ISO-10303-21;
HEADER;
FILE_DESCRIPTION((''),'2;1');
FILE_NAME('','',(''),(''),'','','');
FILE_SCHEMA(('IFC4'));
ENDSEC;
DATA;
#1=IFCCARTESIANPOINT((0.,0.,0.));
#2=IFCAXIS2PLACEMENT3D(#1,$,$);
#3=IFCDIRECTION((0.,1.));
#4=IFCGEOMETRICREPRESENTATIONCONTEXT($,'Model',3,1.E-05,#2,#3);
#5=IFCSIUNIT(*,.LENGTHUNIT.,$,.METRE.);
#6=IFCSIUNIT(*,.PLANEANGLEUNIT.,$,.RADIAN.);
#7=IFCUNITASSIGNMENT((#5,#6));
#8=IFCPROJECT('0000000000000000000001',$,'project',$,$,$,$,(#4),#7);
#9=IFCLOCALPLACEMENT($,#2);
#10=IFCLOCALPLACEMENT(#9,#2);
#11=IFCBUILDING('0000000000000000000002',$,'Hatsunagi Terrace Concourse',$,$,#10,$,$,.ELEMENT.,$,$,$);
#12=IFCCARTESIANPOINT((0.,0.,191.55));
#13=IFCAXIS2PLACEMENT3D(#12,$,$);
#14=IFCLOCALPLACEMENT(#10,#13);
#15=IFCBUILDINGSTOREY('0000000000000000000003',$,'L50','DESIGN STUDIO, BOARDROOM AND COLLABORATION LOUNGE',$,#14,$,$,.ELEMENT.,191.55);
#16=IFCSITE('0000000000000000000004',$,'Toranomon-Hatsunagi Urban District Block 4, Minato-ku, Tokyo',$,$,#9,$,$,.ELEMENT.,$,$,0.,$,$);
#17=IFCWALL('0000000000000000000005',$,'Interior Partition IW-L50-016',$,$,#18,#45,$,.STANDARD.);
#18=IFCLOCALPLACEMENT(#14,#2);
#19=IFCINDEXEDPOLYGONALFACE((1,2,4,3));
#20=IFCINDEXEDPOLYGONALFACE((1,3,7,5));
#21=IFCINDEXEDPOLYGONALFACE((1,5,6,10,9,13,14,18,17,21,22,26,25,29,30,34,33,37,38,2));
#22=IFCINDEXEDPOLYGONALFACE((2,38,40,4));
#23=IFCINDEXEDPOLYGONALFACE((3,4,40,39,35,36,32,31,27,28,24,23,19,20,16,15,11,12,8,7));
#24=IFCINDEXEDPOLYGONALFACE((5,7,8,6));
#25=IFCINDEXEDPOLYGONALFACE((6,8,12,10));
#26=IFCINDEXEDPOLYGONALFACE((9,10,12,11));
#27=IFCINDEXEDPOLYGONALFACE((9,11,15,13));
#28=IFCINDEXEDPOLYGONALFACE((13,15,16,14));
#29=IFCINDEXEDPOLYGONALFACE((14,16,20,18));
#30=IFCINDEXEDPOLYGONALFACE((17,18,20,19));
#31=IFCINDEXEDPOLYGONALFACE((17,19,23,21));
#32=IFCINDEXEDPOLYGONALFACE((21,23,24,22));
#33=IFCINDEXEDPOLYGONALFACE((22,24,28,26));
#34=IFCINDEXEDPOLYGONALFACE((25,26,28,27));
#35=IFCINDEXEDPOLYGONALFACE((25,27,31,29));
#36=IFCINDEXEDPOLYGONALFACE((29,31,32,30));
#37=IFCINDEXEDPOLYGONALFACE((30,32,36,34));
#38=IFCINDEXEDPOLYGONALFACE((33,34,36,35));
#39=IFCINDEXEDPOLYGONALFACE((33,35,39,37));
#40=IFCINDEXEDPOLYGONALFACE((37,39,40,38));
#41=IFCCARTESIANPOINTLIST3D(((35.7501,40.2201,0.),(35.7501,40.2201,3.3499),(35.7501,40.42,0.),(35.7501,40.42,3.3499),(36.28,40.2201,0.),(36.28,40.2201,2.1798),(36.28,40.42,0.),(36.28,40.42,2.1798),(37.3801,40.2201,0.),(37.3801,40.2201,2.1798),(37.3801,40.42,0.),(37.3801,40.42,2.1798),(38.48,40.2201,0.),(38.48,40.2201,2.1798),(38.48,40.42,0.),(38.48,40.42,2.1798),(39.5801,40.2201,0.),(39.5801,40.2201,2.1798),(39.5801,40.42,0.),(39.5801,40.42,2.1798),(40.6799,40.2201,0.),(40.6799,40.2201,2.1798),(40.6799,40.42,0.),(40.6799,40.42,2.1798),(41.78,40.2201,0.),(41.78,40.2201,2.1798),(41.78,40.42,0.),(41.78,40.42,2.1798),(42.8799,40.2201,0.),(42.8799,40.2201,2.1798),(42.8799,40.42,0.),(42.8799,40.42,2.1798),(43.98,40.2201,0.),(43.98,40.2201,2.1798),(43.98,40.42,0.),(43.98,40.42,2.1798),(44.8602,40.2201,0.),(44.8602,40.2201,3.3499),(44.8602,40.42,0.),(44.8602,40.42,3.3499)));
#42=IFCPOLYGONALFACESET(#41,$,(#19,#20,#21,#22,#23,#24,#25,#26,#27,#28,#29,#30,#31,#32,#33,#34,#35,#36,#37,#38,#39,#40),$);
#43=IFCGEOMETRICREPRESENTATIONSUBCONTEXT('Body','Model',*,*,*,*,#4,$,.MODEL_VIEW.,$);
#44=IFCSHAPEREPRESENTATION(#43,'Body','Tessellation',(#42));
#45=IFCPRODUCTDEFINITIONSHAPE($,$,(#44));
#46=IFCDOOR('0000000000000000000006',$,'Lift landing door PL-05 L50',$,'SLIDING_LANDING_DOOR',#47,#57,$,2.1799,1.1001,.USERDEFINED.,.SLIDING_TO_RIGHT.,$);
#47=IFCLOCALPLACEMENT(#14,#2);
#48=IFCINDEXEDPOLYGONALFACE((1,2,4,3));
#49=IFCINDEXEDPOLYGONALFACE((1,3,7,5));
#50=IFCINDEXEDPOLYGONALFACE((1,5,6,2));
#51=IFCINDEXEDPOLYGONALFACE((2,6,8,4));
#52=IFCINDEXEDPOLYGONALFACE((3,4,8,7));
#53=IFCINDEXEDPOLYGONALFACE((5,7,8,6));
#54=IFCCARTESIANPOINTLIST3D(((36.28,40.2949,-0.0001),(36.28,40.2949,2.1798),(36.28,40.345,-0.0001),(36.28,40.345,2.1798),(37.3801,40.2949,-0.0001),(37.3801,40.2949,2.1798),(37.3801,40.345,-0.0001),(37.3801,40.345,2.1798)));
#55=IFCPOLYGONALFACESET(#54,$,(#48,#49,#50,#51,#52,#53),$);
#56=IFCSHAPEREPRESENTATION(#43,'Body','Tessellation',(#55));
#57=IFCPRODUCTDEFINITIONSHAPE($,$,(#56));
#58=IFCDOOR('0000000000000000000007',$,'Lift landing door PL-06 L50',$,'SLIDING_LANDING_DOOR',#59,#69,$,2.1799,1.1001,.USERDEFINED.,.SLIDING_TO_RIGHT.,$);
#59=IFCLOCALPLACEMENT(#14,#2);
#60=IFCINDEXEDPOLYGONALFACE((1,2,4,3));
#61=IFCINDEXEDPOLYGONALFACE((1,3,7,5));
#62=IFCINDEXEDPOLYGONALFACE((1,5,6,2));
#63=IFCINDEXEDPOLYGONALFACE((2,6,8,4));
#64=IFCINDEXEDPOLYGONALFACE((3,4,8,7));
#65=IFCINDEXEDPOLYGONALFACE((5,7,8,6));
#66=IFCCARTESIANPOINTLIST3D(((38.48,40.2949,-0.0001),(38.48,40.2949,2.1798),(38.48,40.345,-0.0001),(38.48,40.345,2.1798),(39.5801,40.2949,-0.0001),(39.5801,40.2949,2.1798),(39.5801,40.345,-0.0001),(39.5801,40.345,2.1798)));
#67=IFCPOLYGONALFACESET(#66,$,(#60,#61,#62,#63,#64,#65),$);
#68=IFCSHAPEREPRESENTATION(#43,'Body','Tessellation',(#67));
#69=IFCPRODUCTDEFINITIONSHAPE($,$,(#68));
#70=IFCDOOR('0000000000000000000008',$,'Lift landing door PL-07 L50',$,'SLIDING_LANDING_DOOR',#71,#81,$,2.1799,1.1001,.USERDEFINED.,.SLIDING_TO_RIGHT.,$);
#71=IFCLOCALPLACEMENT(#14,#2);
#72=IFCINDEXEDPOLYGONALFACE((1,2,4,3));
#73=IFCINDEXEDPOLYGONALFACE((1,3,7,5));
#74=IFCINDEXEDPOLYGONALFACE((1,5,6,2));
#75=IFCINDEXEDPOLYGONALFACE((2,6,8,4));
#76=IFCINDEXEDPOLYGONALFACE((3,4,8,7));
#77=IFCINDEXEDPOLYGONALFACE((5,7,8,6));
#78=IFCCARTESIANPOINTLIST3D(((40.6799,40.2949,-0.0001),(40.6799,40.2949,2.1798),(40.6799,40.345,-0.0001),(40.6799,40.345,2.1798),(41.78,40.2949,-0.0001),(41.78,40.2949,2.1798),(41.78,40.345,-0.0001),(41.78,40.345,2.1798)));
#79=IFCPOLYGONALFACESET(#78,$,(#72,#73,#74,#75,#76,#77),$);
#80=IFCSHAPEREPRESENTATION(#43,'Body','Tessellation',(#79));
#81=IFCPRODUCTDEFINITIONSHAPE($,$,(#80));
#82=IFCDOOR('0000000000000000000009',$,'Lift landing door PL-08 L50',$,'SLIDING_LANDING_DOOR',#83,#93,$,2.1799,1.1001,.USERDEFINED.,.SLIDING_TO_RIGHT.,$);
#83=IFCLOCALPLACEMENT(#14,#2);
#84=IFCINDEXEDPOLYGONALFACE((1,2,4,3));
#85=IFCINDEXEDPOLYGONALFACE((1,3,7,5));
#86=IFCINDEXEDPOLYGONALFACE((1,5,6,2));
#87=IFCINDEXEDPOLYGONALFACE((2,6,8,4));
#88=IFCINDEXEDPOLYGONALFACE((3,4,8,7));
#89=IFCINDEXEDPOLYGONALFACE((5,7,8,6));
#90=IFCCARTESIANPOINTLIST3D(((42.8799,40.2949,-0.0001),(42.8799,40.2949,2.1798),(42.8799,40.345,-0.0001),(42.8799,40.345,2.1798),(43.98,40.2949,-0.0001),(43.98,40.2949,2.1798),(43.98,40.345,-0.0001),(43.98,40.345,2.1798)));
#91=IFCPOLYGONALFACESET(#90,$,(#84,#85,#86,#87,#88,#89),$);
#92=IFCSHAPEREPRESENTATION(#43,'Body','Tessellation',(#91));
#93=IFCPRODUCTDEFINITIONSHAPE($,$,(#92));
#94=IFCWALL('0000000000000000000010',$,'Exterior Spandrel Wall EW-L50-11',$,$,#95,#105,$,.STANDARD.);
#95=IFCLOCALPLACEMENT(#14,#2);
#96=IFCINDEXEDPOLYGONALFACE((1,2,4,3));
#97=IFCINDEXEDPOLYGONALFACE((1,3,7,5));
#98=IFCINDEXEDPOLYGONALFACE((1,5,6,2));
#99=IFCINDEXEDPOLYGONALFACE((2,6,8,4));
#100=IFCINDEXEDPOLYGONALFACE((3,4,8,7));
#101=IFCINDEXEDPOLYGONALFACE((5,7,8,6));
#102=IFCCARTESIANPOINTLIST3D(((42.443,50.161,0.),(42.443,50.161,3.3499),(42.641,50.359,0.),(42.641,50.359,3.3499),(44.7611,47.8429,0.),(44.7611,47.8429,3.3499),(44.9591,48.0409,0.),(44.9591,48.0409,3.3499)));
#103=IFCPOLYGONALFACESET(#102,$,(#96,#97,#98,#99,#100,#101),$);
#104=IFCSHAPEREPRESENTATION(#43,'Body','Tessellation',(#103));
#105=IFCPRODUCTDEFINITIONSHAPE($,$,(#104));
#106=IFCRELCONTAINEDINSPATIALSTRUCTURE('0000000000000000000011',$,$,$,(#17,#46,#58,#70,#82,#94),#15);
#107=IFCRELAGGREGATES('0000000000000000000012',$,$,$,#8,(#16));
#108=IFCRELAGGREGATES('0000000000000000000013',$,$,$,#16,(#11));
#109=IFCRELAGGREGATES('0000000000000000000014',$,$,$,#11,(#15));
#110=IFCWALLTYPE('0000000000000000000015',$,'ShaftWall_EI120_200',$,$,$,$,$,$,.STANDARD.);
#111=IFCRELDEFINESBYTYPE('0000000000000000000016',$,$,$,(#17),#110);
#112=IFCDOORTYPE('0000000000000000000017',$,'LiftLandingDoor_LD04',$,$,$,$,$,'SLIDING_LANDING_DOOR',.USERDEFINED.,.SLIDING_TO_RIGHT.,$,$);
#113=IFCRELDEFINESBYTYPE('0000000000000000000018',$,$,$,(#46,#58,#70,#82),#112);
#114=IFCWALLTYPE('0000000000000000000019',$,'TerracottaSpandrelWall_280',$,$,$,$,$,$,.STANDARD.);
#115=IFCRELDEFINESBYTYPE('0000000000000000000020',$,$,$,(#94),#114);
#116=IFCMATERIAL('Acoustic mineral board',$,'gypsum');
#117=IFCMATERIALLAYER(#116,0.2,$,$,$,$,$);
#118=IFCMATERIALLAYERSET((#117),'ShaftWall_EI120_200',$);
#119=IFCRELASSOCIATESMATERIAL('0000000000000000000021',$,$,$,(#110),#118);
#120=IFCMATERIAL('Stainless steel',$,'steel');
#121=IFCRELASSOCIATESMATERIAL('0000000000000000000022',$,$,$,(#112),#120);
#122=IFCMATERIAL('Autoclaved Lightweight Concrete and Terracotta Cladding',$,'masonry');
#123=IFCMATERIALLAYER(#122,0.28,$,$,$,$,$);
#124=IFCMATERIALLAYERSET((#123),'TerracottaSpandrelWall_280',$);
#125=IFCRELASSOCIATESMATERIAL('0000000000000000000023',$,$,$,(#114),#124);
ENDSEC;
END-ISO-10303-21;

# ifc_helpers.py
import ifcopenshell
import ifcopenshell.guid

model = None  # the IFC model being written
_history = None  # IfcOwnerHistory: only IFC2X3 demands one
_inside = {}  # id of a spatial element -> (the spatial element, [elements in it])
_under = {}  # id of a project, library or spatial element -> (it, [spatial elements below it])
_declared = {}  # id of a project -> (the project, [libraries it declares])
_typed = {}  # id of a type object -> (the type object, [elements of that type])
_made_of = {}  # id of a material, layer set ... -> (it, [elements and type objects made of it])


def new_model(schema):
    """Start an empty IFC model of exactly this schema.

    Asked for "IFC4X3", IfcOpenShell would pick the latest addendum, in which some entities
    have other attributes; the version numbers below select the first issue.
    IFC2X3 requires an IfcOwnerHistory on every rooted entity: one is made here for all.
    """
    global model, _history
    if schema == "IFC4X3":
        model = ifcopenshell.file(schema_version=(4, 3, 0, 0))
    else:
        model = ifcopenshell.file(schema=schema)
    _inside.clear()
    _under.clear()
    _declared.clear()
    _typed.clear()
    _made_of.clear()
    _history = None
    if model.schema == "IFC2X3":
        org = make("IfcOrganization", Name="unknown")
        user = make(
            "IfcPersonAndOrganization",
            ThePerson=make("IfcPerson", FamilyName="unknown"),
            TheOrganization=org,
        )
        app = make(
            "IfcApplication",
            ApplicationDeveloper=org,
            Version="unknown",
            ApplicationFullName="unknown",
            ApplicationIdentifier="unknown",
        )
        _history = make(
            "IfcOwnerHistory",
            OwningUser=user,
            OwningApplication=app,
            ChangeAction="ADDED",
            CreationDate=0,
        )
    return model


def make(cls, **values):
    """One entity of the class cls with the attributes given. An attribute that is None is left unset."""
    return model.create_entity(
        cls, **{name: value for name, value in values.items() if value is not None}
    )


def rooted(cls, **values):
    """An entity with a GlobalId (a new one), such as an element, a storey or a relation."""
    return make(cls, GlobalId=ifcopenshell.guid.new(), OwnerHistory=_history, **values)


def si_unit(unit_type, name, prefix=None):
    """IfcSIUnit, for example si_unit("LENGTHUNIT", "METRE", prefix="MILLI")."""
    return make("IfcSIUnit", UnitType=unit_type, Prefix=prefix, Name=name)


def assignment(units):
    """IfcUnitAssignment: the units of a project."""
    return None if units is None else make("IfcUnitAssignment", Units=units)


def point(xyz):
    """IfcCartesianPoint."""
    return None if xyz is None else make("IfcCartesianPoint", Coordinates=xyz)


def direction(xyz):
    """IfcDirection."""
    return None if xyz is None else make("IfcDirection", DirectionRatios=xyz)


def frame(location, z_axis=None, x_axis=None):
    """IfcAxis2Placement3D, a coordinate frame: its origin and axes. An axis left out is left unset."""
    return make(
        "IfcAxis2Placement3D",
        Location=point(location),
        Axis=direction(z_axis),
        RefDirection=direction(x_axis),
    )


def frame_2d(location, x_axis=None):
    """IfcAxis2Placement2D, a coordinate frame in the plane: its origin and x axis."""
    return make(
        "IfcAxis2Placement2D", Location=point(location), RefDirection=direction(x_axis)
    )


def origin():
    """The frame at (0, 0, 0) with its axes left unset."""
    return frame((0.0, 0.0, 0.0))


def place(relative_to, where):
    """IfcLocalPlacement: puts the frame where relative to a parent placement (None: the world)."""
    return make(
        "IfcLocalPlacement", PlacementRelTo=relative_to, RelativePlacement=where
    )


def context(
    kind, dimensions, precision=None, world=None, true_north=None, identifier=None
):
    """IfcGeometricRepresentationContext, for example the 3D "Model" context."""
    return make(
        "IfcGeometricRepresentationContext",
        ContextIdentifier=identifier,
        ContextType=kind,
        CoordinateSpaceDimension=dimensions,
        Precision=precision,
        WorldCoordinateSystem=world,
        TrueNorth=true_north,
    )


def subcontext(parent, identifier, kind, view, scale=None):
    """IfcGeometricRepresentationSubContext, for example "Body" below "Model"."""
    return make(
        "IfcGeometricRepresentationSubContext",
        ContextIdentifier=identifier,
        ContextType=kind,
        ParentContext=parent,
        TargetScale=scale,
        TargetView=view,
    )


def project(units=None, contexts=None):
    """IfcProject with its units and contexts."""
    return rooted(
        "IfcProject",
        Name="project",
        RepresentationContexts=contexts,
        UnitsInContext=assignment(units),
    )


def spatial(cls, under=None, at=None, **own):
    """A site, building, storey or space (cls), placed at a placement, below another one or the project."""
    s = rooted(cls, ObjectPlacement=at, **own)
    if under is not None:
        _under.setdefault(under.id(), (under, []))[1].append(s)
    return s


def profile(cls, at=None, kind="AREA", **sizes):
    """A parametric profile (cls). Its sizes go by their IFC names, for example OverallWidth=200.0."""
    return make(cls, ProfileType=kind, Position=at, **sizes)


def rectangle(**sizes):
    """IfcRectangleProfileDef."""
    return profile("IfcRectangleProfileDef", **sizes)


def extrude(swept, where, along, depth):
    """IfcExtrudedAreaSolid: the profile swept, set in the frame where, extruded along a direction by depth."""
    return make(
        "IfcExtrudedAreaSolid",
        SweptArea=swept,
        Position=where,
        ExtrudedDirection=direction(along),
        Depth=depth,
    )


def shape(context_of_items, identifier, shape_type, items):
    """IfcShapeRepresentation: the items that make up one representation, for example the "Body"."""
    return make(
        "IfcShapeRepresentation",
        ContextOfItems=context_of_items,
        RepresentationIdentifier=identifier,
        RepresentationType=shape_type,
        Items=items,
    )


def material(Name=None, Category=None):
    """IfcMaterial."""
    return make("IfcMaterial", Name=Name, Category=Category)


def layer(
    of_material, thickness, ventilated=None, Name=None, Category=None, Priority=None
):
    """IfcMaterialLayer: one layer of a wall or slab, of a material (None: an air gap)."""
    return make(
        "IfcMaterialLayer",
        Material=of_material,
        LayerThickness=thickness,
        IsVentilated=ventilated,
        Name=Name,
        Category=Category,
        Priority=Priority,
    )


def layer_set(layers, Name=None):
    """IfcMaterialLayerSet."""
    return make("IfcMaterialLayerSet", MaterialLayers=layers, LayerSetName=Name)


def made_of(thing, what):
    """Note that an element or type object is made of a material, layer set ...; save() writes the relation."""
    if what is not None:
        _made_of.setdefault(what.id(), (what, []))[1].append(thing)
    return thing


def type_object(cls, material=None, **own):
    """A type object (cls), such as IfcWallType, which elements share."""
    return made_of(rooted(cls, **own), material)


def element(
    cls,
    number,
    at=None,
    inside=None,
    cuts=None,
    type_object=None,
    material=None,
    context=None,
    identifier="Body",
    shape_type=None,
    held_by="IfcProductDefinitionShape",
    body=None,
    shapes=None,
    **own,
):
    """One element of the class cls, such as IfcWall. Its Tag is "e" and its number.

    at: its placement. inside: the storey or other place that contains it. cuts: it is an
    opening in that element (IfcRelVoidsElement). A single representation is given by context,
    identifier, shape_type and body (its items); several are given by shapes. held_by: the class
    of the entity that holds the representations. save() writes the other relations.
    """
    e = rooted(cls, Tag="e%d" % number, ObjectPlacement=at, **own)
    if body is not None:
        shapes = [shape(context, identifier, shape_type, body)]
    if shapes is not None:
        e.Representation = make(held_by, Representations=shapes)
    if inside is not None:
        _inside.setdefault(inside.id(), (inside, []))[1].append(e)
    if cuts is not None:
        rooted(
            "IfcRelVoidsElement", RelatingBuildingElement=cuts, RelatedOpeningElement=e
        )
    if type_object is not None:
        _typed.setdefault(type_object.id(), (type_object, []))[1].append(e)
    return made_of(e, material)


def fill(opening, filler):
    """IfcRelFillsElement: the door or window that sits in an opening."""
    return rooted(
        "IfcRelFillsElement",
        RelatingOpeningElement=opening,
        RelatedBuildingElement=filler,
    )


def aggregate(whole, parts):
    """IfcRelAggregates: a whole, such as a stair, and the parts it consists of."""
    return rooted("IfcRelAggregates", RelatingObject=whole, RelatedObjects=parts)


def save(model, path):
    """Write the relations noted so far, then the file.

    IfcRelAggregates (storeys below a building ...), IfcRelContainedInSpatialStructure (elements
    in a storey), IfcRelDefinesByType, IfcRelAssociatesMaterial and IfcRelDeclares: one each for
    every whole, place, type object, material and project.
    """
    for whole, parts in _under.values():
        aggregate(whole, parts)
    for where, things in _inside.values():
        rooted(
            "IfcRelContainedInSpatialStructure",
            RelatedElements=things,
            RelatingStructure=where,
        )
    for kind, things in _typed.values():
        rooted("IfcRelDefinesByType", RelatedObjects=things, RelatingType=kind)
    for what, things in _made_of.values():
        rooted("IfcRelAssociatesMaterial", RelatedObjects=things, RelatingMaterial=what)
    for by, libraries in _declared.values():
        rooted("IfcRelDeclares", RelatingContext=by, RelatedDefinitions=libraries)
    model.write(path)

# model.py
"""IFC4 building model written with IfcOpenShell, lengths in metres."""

from ifc_helpers import new_model, si_unit, direction, frame, frame_2d, origin, place, context, subcontext, project, spatial, rectangle, extrude, material, layer, layer_set, type_object, element, fill, save


model = new_model("IFC4")

# Units and contexts
model_context = context("Model", 3, precision=1e-05, world=origin(), true_north=direction((0.0, 1.0)))
body_context = subcontext(model_context, "Body", "Model", "MODEL_VIEW")
ifc_project = project(units=[si_unit("LENGTHUNIT", "METRE"), si_unit("PLANEANGLEUNIT", "RADIAN")], contexts=[model_context])

# Site, building, storey
site_placement = place(None, origin())
site = spatial("IfcSite", under=ifc_project, at=site_placement, Name="Toranomon-Hatsunagi Urban District Block 4, Minato-ku, Tokyo", CompositionType="ELEMENT", RefElevation=0.0)
building_placement = place(site_placement, origin())
building = spatial("IfcBuilding", under=site, at=building_placement, Name="Hatsunagi Terrace Concourse", CompositionType="ELEMENT")
storey_placement = place(building_placement, frame((0.0, 0.0, 191.55)))
storey = spatial("IfcBuildingStorey", under=building, at=storey_placement, Name="L50", Description="DESIGN STUDIO, BOARDROOM AND COLLABORATION LOUNGE", CompositionType="ELEMENT", Elevation=191.55)

# Shared definitions
ifc_material_1 = material(Name="Acoustic mineral board", Category="gypsum")
ifc_layer_1 = layer(ifc_material_1, 0.2)
ifc_layer_set_1 = layer_set([ifc_layer_1], Name="ShaftWall_EI120_200")
wall_type_1 = type_object("IfcWallType", Name="ShaftWall_EI120_200", PredefinedType="STANDARD", material=ifc_layer_set_1)

# Wall, openings, doors
wall_1_placement = place(storey_placement, frame((35.75, 40.3201, 0.0), z_axis=(0.0, 0.0, 1.0), x_axis=(1.0, 0.0, 0.0)))
wall_1 = element("IfcWall", 1, at=wall_1_placement, inside=storey, type_object=wall_type_1, Name="Interior Partition IW-L50-016", PredefinedType="STANDARD", context=body_context, shape_type="SweptSolid", body=[
    extrude(rectangle(XDim=9.1101, YDim=0.2, at=frame_2d((4.5552, 0.0))), origin(), (0.0, 0.0, 1.0), 3.3499),
])
opening_1_placement = place(wall_1_placement, frame((0.53, 0.0, 0.0)))
opening_1 = element("IfcOpeningElement", 2, at=opening_1_placement, cuts=wall_1, PredefinedType="OPENING", context=body_context, shape_type="SweptSolid", body=[
    extrude(rectangle(XDim=1.1001, YDim=2.1799, at=frame_2d((0.55, 1.0898))), frame((0.0, 0.1099, 0.0), z_axis=(0.0, -1.0, 0.0), x_axis=(1.0, 0.0, 0.0)), (0.0, 0.0, 1.0), 0.22),
])
opening_2_placement = place(wall_1_placement, frame((2.73, 0.0, 0.0)))
opening_2 = element("IfcOpeningElement", 3, at=opening_2_placement, cuts=wall_1, PredefinedType="OPENING", context=body_context, shape_type="SweptSolid", body=[
    extrude(rectangle(XDim=1.1001, YDim=2.1799, at=frame_2d((0.55, 1.0898))), frame((0.0, 0.1099, 0.0), z_axis=(0.0, -1.0, 0.0), x_axis=(1.0, 0.0, 0.0)), (0.0, 0.0, 1.0), 0.22),
])
opening_3_placement = place(wall_1_placement, frame((4.9299, 0.0, 0.0)))
opening_3 = element("IfcOpeningElement", 4, at=opening_3_placement, cuts=wall_1, PredefinedType="OPENING", context=body_context, shape_type="SweptSolid", body=[
    extrude(rectangle(XDim=1.1001, YDim=2.1799, at=frame_2d((0.55, 1.0898))), frame((0.0, 0.1099, 0.0), z_axis=(0.0, -1.0, 0.0), x_axis=(1.0, 0.0, 0.0)), (0.0, 0.0, 1.0), 0.22),
])
opening_4_placement = place(wall_1_placement, frame((7.1299, 0.0, 0.0)))
opening_4 = element("IfcOpeningElement", 5, at=opening_4_placement, cuts=wall_1, PredefinedType="OPENING", context=body_context, shape_type="SweptSolid", body=[
    extrude(rectangle(XDim=1.1001, YDim=2.1799, at=frame_2d((0.55, 1.0898))), frame((0.0, 0.1099, 0.0), z_axis=(0.0, -1.0, 0.0), x_axis=(1.0, 0.0, 0.0)), (0.0, 0.0, 1.0), 0.22),
])
ifc_material_2 = material(Name="Stainless steel", Category="steel")
door_type = type_object("IfcDoorType", Name="LiftLandingDoor_LD04", ElementType="SLIDING_LANDING_DOOR", OperationType="SLIDING_TO_RIGHT", PredefinedType="USERDEFINED", material=ifc_material_2)
door_1_placement = place(opening_1_placement, origin())
door_1 = element("IfcDoor", 6, at=door_1_placement, inside=storey, type_object=door_type, Name="Lift landing door PL-05 L50", ObjectType="SLIDING_LANDING_DOOR", OperationType="SLIDING_TO_RIGHT", OverallHeight=2.1799, OverallWidth=1.1001, PredefinedType="USERDEFINED", context=body_context, shape_type="SweptSolid", body=[
    extrude(rectangle(XDim=1.1001, YDim=2.1799, at=frame_2d((0.55, 1.0898))), frame((0.0, 0.0249, 0.0), z_axis=(0.0, -1.0, 0.0), x_axis=(1.0, 0.0, 0.0)), (0.0, 0.0, 1.0), 0.05),
])
fill(opening_1, door_1)
door_2_placement = place(opening_2_placement, origin())
door_2 = element("IfcDoor", 7, at=door_2_placement, inside=storey, type_object=door_type, Name="Lift landing door PL-06 L50", ObjectType="SLIDING_LANDING_DOOR", OperationType="SLIDING_TO_RIGHT", OverallHeight=2.1799, OverallWidth=1.1001, PredefinedType="USERDEFINED", context=body_context, shape_type="SweptSolid", body=[
    extrude(rectangle(XDim=1.1001, YDim=2.1799, at=frame_2d((0.55, 1.0898))), frame((0.0, 0.0249, 0.0), z_axis=(0.0, -1.0, 0.0), x_axis=(1.0, 0.0, 0.0)), (0.0, 0.0, 1.0), 0.05),
])
fill(opening_2, door_2)
door_3_placement = place(opening_3_placement, origin())
door_3 = element("IfcDoor", 8, at=door_3_placement, inside=storey, type_object=door_type, Name="Lift landing door PL-07 L50", ObjectType="SLIDING_LANDING_DOOR", OperationType="SLIDING_TO_RIGHT", OverallHeight=2.1799, OverallWidth=1.1001, PredefinedType="USERDEFINED", context=body_context, shape_type="SweptSolid", body=[
    extrude(rectangle(XDim=1.1001, YDim=2.1799, at=frame_2d((0.55, 1.0898))), frame((0.0, 0.0249, 0.0), z_axis=(0.0, -1.0, 0.0), x_axis=(1.0, 0.0, 0.0)), (0.0, 0.0, 1.0), 0.05),
])
fill(opening_3, door_3)
door_4_placement = place(opening_4_placement, origin())
door_4 = element("IfcDoor", 9, at=door_4_placement, inside=storey, type_object=door_type, Name="Lift landing door PL-08 L50", ObjectType="SLIDING_LANDING_DOOR", OperationType="SLIDING_TO_RIGHT", OverallHeight=2.1799, OverallWidth=1.1001, PredefinedType="USERDEFINED", context=body_context, shape_type="SweptSolid", body=[
    extrude(rectangle(XDim=1.1001, YDim=2.1799, at=frame_2d((0.55, 1.0898))), frame((0.0, 0.0249, 0.0), z_axis=(0.0, -1.0, 0.0), x_axis=(1.0, 0.0, 0.0)), (0.0, 0.0, 1.0), 0.05),
])
fill(opening_4, door_4)

# Wall
ifc_material_3 = material(Name="Autoclaved Lightweight Concrete and Terracotta Cladding", Category="masonry")
ifc_layer_2 = layer(ifc_material_3, 0.28)
ifc_layer_set_2 = layer_set([ifc_layer_2], Name="TerracottaSpandrelWall_280")
wall_type_2 = type_object("IfcWallType", Name="TerracottaSpandrelWall_280", PredefinedType="STANDARD", material=ifc_layer_set_2)
wall_2_placement = place(storey_placement, frame((42.542, 50.26, 0.0), z_axis=(0.0, 0.0, 1.0), x_axis=(0.707107, -0.707107, 0.0)))
element("IfcWall", 10, at=wall_2_placement, inside=storey, type_object=wall_type_2, Name="Exterior Spandrel Wall EW-L50-11", PredefinedType="STANDARD", context=body_context, shape_type="SweptSolid", body=[
    extrude(rectangle(XDim=3.2783, YDim=0.28, at=frame_2d((1.6392, 0.0))), origin(), (0.0, 0.0, 1.0), 3.3499),
])

save(model, "model.ifc")
